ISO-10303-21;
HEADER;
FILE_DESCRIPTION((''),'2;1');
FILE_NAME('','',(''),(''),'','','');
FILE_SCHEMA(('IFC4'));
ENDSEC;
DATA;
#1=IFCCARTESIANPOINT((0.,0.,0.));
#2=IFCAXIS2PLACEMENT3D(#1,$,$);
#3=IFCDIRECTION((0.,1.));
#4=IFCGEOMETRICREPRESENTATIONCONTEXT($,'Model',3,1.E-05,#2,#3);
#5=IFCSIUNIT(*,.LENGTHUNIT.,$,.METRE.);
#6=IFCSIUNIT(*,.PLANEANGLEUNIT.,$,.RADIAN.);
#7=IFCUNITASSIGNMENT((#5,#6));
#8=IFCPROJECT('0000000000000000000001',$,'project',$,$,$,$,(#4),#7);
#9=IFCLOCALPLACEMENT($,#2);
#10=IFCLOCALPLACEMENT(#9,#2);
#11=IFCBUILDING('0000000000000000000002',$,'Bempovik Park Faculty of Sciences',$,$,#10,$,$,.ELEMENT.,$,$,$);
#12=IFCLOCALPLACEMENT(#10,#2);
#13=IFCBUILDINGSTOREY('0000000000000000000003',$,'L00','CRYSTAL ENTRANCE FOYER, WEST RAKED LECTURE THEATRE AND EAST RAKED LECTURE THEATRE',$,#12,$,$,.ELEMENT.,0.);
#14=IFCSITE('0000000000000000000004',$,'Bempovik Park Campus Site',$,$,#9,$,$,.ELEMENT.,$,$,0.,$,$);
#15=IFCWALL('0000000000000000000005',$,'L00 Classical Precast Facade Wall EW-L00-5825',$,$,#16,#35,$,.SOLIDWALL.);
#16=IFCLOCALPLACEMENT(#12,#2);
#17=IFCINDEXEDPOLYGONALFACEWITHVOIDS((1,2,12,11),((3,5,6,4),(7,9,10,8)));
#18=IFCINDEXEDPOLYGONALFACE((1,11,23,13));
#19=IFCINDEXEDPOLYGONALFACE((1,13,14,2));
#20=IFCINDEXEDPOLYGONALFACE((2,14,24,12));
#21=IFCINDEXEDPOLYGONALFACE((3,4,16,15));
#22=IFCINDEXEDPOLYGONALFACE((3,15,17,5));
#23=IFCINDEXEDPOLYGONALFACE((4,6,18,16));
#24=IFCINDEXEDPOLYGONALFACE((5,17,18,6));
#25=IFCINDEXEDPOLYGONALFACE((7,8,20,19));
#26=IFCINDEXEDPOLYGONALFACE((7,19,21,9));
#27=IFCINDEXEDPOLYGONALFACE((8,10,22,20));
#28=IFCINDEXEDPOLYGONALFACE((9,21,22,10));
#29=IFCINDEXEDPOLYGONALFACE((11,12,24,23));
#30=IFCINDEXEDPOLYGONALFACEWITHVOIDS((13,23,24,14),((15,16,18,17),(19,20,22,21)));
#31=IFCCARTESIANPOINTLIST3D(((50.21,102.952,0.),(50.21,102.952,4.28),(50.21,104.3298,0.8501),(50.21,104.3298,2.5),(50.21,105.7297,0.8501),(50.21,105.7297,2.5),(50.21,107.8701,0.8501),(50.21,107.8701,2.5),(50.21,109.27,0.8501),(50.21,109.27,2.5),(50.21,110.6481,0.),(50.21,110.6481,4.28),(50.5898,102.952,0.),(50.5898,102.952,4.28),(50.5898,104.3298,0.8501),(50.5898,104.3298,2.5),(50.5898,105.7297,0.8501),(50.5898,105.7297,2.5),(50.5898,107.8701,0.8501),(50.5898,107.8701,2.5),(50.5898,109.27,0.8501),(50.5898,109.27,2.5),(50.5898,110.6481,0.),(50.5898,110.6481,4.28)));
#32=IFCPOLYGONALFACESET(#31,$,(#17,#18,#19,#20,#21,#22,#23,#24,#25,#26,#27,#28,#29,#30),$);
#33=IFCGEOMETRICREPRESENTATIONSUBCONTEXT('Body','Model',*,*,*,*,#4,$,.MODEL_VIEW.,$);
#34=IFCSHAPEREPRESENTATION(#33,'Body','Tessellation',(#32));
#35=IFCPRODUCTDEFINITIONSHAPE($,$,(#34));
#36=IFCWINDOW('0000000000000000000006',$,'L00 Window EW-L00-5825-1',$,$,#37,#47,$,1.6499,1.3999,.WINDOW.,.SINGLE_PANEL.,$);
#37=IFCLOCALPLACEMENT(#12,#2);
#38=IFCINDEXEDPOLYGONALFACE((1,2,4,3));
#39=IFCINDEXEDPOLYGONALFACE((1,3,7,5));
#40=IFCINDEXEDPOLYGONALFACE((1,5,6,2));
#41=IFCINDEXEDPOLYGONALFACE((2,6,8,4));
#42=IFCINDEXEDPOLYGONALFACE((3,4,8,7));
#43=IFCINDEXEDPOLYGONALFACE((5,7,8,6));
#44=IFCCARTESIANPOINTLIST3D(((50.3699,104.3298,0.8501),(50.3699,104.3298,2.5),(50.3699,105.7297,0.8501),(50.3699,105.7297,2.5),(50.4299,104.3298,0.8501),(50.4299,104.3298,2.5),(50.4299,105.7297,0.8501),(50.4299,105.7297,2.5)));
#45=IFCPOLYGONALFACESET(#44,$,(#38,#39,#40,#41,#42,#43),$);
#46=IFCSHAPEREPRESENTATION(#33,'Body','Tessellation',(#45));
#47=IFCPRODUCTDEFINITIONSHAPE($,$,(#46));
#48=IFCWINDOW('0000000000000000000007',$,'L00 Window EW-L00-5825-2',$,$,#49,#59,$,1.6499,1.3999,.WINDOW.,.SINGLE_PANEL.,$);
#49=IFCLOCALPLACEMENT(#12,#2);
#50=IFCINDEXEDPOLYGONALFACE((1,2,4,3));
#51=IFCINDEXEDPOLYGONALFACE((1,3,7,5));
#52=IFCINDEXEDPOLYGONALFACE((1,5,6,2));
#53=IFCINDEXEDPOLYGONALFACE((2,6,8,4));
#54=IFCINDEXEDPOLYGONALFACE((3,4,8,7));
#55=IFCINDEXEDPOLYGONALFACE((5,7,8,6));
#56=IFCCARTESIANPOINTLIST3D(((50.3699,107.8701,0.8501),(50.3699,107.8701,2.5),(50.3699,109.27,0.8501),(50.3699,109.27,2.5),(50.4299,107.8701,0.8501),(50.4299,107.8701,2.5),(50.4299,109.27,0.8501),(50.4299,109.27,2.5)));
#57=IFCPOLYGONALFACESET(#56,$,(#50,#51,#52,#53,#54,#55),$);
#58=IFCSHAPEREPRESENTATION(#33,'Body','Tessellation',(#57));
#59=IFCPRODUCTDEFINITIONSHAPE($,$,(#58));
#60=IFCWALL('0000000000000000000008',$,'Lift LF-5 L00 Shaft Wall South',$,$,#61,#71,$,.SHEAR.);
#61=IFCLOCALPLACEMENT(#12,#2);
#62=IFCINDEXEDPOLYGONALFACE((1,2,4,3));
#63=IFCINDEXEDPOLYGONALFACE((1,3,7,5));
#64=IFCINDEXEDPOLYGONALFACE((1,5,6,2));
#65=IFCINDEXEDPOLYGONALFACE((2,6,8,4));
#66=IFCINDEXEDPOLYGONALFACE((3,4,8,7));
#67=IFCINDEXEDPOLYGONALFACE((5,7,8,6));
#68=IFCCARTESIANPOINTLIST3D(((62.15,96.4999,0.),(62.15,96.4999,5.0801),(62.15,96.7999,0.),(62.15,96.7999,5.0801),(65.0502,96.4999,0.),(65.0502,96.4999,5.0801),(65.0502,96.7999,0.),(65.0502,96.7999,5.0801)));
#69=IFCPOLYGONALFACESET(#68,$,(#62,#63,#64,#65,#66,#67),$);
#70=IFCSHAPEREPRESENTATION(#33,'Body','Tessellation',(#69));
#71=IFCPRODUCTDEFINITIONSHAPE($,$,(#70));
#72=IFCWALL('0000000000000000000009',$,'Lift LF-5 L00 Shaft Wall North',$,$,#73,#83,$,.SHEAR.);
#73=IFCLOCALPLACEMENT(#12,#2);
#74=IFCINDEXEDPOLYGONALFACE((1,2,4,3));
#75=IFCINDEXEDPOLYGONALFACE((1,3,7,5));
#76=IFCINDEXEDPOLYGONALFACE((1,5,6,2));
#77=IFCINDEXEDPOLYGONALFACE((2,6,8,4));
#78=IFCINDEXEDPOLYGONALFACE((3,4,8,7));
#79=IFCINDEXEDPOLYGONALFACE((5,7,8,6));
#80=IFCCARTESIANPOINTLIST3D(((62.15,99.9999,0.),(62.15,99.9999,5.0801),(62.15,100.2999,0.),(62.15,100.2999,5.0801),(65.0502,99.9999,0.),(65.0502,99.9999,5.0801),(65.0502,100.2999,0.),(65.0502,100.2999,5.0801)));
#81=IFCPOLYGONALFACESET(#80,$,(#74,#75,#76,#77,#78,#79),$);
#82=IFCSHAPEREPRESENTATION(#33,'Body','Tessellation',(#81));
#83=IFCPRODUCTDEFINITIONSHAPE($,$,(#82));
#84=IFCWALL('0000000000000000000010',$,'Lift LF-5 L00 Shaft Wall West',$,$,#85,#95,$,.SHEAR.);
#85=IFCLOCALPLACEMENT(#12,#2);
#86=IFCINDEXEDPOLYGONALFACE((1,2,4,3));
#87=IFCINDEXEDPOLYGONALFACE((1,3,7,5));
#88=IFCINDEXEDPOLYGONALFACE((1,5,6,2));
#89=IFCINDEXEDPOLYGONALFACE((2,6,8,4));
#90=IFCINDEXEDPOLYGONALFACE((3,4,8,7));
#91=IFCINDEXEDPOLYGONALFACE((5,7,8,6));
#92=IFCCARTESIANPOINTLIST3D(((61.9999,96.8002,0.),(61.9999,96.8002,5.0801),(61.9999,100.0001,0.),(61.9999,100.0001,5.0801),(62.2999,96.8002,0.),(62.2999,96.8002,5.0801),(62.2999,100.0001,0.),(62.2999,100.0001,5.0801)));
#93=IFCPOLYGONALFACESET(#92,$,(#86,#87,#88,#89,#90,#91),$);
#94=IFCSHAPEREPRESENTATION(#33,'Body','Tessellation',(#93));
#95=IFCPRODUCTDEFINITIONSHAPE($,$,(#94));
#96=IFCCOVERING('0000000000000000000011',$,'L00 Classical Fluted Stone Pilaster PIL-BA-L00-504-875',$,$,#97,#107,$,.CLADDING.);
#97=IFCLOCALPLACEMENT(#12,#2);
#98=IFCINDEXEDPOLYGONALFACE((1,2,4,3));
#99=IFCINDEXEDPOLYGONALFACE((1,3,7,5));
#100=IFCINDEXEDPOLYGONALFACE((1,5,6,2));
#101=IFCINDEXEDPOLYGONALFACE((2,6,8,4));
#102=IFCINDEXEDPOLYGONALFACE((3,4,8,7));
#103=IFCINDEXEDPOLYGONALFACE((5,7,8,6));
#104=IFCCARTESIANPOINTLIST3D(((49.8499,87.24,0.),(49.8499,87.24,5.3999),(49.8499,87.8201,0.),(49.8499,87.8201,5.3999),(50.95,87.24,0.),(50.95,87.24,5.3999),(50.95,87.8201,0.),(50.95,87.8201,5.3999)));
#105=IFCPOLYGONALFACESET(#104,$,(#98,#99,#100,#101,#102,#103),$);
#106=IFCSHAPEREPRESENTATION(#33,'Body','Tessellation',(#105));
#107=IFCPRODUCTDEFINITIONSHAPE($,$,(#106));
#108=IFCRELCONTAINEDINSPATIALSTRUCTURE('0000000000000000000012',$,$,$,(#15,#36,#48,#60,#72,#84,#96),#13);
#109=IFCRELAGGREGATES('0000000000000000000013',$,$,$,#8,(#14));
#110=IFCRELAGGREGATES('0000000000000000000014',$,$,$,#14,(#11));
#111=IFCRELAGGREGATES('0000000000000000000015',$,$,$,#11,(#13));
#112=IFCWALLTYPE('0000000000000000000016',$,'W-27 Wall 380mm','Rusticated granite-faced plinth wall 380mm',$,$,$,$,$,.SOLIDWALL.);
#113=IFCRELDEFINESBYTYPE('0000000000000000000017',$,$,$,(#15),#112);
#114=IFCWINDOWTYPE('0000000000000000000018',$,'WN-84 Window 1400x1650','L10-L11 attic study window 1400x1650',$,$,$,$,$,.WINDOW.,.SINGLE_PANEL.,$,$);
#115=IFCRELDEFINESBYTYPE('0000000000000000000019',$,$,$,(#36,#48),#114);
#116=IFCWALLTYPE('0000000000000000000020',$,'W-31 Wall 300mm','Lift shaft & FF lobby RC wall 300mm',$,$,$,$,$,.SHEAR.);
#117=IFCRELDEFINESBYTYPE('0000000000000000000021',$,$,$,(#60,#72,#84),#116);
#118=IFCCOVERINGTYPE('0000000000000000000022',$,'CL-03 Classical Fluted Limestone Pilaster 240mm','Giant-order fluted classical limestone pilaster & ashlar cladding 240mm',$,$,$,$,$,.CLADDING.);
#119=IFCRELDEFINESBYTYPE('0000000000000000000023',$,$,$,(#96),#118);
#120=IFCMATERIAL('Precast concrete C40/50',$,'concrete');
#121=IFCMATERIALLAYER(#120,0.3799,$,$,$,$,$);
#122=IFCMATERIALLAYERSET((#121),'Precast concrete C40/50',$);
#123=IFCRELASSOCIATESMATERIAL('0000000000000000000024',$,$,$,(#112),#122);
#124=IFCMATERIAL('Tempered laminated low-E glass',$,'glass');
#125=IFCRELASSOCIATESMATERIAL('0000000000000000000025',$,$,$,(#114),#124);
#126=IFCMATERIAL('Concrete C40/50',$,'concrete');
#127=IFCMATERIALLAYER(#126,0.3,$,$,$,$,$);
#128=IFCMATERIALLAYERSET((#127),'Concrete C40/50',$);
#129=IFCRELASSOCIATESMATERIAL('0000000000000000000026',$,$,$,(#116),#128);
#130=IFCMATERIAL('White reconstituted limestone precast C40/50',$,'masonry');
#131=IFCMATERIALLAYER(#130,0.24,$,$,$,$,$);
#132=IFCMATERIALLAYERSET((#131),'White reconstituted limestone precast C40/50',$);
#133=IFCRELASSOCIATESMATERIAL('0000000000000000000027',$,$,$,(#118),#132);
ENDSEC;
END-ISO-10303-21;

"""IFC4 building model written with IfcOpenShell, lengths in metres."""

from ifc_helpers import new_model, si_unit, direction, frame, frame_2d, origin, origin_2d, place, context, subcontext, project, spatial, rectangle, extrude, material, layer, layer_set, type_object, element, fill, save


model = new_model("IFC4")

# Units and contexts
model_context = context("Model", 3, precision=1e-05, world=origin(), true_north=direction((0.0, 1.0)))
body_context = subcontext(model_context, "Body", "Model", "MODEL_VIEW")
ifc_project = project(units=[si_unit("LENGTHUNIT", "METRE"), si_unit("PLANEANGLEUNIT", "RADIAN")], contexts=[model_context])

# Site, building, storey
site_placement = place(None, origin())
site = spatial("IfcSite", under=ifc_project, at=site_placement, Name="Bempovik Park Campus Site", CompositionType="ELEMENT", RefElevation=0.0)
building_placement = place(site_placement, origin())
building = spatial("IfcBuilding", under=site, at=building_placement, Name="Bempovik Park Faculty of Sciences", CompositionType="ELEMENT")
storey_placement = place(building_placement, origin())
storey = spatial("IfcBuildingStorey", under=building, at=storey_placement, Name="L00", Description="CRYSTAL ENTRANCE FOYER, WEST RAKED LECTURE THEATRE AND EAST RAKED LECTURE THEATRE", CompositionType="ELEMENT", Elevation=0.0)

# Shared definitions
ifc_material_1 = material(Name="Concrete C40/50", Category="concrete")

# Wall, openings, windows
ifc_material_2 = material(Name="Precast concrete C40/50", Category="concrete")
ifc_layer_1 = layer(ifc_material_2, 0.3799)
ifc_layer_set_1 = layer_set([ifc_layer_1], Name="Precast concrete C40/50")
wall_type_1 = type_object("IfcWallType", Name="W-27 Wall 380mm", Description="Rusticated granite-faced plinth wall 380mm", PredefinedType="SOLIDWALL", material=ifc_layer_set_1)
ifc_material_3 = material(Name="Tempered laminated low-E glass", Category="glass")
window_type = type_object("IfcWindowType", Name="WN-84 Window 1400x1650", Description="L10-L11 attic study window 1400x1650", PartitioningType="SINGLE_PANEL", PredefinedType="WINDOW", material=ifc_material_3)
wall_1_placement = place(storey_placement, frame((50.3999, 102.9519, 0.0), z_axis=(0.0, 0.0, 1.0), x_axis=(0.0, 1.0, 0.0)))
wall_1 = element("IfcWall", 1, at=wall_1_placement, inside=storey, type_object=wall_type_1, Name="L00 Classical Precast Facade Wall EW-L00-5825", PredefinedType="SOLIDWALL", context=body_context, shape_type="SweptSolid", body=[
    extrude(rectangle(XDim=7.696, YDim=0.3799, at=frame_2d((3.8481, 0.0))), origin(), (0.0, 0.0, 1.0), 4.28),
])
opening_1_placement = place(wall_1_placement, frame((1.3779, 0.0, 0.8501)))
opening_1 = element("IfcOpeningElement", 2, at=opening_1_placement, cuts=wall_1, PredefinedType="OPENING", context=body_context, shape_type="SweptSolid", body=[
    extrude(rectangle(XDim=1.3999, YDim=1.6499, at=frame_2d((0.7, 0.825))), frame((0.0, 0.2, 0.0), z_axis=(0.0, -1.0, 0.0), x_axis=(1.0, 0.0, 0.0)), (0.0, 0.0, 1.0), 0.3999),
])
opening_2_placement = place(wall_1_placement, frame((4.9182, 0.0, 0.8501)))
opening_2 = element("IfcOpeningElement", 3, at=opening_2_placement, cuts=wall_1, PredefinedType="OPENING", context=body_context, shape_type="SweptSolid", body=[
    extrude(rectangle(XDim=1.3999, YDim=1.6499, at=frame_2d((0.7, 0.825))), frame((0.0, 0.2, 0.0), z_axis=(0.0, -1.0, 0.0), x_axis=(1.0, 0.0, 0.0)), (0.0, 0.0, 1.0), 0.3999),
])
window_1_placement = place(opening_1_placement, origin())
window_1 = element("IfcWindow", 4, at=window_1_placement, inside=storey, type_object=window_type, Name="L00 Window EW-L00-5825-1", OverallHeight=1.6499, OverallWidth=1.3999, PartitioningType="SINGLE_PANEL", PredefinedType="WINDOW", context=body_context, shape_type="SweptSolid", body=[
    extrude(rectangle(XDim=1.3999, YDim=1.6499, at=frame_2d((0.7, 0.825))), frame((0.0, 0.03, 0.0), z_axis=(0.0, -1.0, 0.0), x_axis=(1.0, 0.0, 0.0)), (0.0, 0.0, 1.0), 0.0601),
])
fill(opening_1, window_1)
window_2_placement = place(opening_2_placement, origin())
window_2 = element("IfcWindow", 5, at=window_2_placement, inside=storey, type_object=window_type, Name="L00 Window EW-L00-5825-2", OverallHeight=1.6499, OverallWidth=1.3999, PartitioningType="SINGLE_PANEL", PredefinedType="WINDOW", context=body_context, shape_type="SweptSolid", body=[
    extrude(rectangle(XDim=1.3999, YDim=1.6499, at=frame_2d((0.7, 0.825))), frame((0.0, 0.03, 0.0), z_axis=(0.0, -1.0, 0.0), x_axis=(1.0, 0.0, 0.0)), (0.0, 0.0, 1.0), 0.0601),
])
fill(opening_2, window_2)

# Walls
ifc_layer_2 = layer(ifc_material_1, 0.3)
ifc_layer_set_2 = layer_set([ifc_layer_2], Name="Concrete C40/50")
wall_type_2 = type_object("IfcWallType", Name="W-31 Wall 300mm", Description="Lift shaft & FF lobby RC wall 300mm", PredefinedType="SHEAR", material=ifc_layer_set_2)
for number, where, z_axis, x_axis, name in (
    (6, (62.1499, 96.6499, 0.0), (0.0, 0.0, 1.0), (1.0, 0.0, 0.0), "Lift LF-5 L00 Shaft Wall South"),
    (7, (62.1499, 100.1499, 0.0), (0.0, 0.0, 1.0), (1.0, 0.0, 0.0), "Lift LF-5 L00 Shaft Wall North"),
):
    element("IfcWall", number, at=place(storey_placement, frame(where, z_axis=z_axis, x_axis=x_axis)), inside=storey, type_object=wall_type_2, Name=name, PredefinedType="SHEAR", context=body_context, shape_type="SweptSolid", body=[
        extrude(rectangle(XDim=2.9001, YDim=0.3, at=frame_2d((1.4502, 0.0))), origin(), (0.0, 0.0, 1.0), 5.0801),
    ])
wall_2_placement = place(storey_placement, frame((62.1499, 96.8, 0.0), z_axis=(0.0, 0.0, 1.0), x_axis=(0.0, 1.0, 0.0)))
element("IfcWall", 8, at=wall_2_placement, inside=storey, type_object=wall_type_2, Name="Lift LF-5 L00 Shaft Wall West", PredefinedType="SHEAR", context=body_context, shape_type="SweptSolid", body=[
    extrude(rectangle(XDim=3.2, YDim=0.3, at=frame_2d((1.6001, 0.0))), origin(), (0.0, 0.0, 1.0), 5.0801),
])

# Covering
ifc_material_4 = material(Name="White reconstituted limestone precast C40/50", Category="masonry")
ifc_layer_3 = layer(ifc_material_4, 0.24)
ifc_layer_set_3 = layer_set([ifc_layer_3], Name="White reconstituted limestone precast C40/50")
covering_type = type_object("IfcCoveringType", Name="CL-03 Classical Fluted Limestone Pilaster 240mm", Description="Giant-order fluted classical limestone pilaster & ashlar cladding 240mm", PredefinedType="CLADDING", material=ifc_layer_set_3)
covering_placement = place(storey_placement, frame((50.3999, 87.53, 0.0), z_axis=(0.0, 0.0, 1.0), x_axis=(1.0, 0.0, 0.0)))
element("IfcCovering", 9, at=covering_placement, inside=storey, type_object=covering_type, Name="L00 Classical Fluted Stone Pilaster PIL-BA-L00-504-875", PredefinedType="CLADDING", context=body_context, shape_type="SweptSolid", body=[
    extrude(rectangle(XDim=1.1001, YDim=0.5801, at=origin_2d()), origin(), (0.0, 0.0, 1.0), 5.3999),
])

save(model, "model.ifc")
